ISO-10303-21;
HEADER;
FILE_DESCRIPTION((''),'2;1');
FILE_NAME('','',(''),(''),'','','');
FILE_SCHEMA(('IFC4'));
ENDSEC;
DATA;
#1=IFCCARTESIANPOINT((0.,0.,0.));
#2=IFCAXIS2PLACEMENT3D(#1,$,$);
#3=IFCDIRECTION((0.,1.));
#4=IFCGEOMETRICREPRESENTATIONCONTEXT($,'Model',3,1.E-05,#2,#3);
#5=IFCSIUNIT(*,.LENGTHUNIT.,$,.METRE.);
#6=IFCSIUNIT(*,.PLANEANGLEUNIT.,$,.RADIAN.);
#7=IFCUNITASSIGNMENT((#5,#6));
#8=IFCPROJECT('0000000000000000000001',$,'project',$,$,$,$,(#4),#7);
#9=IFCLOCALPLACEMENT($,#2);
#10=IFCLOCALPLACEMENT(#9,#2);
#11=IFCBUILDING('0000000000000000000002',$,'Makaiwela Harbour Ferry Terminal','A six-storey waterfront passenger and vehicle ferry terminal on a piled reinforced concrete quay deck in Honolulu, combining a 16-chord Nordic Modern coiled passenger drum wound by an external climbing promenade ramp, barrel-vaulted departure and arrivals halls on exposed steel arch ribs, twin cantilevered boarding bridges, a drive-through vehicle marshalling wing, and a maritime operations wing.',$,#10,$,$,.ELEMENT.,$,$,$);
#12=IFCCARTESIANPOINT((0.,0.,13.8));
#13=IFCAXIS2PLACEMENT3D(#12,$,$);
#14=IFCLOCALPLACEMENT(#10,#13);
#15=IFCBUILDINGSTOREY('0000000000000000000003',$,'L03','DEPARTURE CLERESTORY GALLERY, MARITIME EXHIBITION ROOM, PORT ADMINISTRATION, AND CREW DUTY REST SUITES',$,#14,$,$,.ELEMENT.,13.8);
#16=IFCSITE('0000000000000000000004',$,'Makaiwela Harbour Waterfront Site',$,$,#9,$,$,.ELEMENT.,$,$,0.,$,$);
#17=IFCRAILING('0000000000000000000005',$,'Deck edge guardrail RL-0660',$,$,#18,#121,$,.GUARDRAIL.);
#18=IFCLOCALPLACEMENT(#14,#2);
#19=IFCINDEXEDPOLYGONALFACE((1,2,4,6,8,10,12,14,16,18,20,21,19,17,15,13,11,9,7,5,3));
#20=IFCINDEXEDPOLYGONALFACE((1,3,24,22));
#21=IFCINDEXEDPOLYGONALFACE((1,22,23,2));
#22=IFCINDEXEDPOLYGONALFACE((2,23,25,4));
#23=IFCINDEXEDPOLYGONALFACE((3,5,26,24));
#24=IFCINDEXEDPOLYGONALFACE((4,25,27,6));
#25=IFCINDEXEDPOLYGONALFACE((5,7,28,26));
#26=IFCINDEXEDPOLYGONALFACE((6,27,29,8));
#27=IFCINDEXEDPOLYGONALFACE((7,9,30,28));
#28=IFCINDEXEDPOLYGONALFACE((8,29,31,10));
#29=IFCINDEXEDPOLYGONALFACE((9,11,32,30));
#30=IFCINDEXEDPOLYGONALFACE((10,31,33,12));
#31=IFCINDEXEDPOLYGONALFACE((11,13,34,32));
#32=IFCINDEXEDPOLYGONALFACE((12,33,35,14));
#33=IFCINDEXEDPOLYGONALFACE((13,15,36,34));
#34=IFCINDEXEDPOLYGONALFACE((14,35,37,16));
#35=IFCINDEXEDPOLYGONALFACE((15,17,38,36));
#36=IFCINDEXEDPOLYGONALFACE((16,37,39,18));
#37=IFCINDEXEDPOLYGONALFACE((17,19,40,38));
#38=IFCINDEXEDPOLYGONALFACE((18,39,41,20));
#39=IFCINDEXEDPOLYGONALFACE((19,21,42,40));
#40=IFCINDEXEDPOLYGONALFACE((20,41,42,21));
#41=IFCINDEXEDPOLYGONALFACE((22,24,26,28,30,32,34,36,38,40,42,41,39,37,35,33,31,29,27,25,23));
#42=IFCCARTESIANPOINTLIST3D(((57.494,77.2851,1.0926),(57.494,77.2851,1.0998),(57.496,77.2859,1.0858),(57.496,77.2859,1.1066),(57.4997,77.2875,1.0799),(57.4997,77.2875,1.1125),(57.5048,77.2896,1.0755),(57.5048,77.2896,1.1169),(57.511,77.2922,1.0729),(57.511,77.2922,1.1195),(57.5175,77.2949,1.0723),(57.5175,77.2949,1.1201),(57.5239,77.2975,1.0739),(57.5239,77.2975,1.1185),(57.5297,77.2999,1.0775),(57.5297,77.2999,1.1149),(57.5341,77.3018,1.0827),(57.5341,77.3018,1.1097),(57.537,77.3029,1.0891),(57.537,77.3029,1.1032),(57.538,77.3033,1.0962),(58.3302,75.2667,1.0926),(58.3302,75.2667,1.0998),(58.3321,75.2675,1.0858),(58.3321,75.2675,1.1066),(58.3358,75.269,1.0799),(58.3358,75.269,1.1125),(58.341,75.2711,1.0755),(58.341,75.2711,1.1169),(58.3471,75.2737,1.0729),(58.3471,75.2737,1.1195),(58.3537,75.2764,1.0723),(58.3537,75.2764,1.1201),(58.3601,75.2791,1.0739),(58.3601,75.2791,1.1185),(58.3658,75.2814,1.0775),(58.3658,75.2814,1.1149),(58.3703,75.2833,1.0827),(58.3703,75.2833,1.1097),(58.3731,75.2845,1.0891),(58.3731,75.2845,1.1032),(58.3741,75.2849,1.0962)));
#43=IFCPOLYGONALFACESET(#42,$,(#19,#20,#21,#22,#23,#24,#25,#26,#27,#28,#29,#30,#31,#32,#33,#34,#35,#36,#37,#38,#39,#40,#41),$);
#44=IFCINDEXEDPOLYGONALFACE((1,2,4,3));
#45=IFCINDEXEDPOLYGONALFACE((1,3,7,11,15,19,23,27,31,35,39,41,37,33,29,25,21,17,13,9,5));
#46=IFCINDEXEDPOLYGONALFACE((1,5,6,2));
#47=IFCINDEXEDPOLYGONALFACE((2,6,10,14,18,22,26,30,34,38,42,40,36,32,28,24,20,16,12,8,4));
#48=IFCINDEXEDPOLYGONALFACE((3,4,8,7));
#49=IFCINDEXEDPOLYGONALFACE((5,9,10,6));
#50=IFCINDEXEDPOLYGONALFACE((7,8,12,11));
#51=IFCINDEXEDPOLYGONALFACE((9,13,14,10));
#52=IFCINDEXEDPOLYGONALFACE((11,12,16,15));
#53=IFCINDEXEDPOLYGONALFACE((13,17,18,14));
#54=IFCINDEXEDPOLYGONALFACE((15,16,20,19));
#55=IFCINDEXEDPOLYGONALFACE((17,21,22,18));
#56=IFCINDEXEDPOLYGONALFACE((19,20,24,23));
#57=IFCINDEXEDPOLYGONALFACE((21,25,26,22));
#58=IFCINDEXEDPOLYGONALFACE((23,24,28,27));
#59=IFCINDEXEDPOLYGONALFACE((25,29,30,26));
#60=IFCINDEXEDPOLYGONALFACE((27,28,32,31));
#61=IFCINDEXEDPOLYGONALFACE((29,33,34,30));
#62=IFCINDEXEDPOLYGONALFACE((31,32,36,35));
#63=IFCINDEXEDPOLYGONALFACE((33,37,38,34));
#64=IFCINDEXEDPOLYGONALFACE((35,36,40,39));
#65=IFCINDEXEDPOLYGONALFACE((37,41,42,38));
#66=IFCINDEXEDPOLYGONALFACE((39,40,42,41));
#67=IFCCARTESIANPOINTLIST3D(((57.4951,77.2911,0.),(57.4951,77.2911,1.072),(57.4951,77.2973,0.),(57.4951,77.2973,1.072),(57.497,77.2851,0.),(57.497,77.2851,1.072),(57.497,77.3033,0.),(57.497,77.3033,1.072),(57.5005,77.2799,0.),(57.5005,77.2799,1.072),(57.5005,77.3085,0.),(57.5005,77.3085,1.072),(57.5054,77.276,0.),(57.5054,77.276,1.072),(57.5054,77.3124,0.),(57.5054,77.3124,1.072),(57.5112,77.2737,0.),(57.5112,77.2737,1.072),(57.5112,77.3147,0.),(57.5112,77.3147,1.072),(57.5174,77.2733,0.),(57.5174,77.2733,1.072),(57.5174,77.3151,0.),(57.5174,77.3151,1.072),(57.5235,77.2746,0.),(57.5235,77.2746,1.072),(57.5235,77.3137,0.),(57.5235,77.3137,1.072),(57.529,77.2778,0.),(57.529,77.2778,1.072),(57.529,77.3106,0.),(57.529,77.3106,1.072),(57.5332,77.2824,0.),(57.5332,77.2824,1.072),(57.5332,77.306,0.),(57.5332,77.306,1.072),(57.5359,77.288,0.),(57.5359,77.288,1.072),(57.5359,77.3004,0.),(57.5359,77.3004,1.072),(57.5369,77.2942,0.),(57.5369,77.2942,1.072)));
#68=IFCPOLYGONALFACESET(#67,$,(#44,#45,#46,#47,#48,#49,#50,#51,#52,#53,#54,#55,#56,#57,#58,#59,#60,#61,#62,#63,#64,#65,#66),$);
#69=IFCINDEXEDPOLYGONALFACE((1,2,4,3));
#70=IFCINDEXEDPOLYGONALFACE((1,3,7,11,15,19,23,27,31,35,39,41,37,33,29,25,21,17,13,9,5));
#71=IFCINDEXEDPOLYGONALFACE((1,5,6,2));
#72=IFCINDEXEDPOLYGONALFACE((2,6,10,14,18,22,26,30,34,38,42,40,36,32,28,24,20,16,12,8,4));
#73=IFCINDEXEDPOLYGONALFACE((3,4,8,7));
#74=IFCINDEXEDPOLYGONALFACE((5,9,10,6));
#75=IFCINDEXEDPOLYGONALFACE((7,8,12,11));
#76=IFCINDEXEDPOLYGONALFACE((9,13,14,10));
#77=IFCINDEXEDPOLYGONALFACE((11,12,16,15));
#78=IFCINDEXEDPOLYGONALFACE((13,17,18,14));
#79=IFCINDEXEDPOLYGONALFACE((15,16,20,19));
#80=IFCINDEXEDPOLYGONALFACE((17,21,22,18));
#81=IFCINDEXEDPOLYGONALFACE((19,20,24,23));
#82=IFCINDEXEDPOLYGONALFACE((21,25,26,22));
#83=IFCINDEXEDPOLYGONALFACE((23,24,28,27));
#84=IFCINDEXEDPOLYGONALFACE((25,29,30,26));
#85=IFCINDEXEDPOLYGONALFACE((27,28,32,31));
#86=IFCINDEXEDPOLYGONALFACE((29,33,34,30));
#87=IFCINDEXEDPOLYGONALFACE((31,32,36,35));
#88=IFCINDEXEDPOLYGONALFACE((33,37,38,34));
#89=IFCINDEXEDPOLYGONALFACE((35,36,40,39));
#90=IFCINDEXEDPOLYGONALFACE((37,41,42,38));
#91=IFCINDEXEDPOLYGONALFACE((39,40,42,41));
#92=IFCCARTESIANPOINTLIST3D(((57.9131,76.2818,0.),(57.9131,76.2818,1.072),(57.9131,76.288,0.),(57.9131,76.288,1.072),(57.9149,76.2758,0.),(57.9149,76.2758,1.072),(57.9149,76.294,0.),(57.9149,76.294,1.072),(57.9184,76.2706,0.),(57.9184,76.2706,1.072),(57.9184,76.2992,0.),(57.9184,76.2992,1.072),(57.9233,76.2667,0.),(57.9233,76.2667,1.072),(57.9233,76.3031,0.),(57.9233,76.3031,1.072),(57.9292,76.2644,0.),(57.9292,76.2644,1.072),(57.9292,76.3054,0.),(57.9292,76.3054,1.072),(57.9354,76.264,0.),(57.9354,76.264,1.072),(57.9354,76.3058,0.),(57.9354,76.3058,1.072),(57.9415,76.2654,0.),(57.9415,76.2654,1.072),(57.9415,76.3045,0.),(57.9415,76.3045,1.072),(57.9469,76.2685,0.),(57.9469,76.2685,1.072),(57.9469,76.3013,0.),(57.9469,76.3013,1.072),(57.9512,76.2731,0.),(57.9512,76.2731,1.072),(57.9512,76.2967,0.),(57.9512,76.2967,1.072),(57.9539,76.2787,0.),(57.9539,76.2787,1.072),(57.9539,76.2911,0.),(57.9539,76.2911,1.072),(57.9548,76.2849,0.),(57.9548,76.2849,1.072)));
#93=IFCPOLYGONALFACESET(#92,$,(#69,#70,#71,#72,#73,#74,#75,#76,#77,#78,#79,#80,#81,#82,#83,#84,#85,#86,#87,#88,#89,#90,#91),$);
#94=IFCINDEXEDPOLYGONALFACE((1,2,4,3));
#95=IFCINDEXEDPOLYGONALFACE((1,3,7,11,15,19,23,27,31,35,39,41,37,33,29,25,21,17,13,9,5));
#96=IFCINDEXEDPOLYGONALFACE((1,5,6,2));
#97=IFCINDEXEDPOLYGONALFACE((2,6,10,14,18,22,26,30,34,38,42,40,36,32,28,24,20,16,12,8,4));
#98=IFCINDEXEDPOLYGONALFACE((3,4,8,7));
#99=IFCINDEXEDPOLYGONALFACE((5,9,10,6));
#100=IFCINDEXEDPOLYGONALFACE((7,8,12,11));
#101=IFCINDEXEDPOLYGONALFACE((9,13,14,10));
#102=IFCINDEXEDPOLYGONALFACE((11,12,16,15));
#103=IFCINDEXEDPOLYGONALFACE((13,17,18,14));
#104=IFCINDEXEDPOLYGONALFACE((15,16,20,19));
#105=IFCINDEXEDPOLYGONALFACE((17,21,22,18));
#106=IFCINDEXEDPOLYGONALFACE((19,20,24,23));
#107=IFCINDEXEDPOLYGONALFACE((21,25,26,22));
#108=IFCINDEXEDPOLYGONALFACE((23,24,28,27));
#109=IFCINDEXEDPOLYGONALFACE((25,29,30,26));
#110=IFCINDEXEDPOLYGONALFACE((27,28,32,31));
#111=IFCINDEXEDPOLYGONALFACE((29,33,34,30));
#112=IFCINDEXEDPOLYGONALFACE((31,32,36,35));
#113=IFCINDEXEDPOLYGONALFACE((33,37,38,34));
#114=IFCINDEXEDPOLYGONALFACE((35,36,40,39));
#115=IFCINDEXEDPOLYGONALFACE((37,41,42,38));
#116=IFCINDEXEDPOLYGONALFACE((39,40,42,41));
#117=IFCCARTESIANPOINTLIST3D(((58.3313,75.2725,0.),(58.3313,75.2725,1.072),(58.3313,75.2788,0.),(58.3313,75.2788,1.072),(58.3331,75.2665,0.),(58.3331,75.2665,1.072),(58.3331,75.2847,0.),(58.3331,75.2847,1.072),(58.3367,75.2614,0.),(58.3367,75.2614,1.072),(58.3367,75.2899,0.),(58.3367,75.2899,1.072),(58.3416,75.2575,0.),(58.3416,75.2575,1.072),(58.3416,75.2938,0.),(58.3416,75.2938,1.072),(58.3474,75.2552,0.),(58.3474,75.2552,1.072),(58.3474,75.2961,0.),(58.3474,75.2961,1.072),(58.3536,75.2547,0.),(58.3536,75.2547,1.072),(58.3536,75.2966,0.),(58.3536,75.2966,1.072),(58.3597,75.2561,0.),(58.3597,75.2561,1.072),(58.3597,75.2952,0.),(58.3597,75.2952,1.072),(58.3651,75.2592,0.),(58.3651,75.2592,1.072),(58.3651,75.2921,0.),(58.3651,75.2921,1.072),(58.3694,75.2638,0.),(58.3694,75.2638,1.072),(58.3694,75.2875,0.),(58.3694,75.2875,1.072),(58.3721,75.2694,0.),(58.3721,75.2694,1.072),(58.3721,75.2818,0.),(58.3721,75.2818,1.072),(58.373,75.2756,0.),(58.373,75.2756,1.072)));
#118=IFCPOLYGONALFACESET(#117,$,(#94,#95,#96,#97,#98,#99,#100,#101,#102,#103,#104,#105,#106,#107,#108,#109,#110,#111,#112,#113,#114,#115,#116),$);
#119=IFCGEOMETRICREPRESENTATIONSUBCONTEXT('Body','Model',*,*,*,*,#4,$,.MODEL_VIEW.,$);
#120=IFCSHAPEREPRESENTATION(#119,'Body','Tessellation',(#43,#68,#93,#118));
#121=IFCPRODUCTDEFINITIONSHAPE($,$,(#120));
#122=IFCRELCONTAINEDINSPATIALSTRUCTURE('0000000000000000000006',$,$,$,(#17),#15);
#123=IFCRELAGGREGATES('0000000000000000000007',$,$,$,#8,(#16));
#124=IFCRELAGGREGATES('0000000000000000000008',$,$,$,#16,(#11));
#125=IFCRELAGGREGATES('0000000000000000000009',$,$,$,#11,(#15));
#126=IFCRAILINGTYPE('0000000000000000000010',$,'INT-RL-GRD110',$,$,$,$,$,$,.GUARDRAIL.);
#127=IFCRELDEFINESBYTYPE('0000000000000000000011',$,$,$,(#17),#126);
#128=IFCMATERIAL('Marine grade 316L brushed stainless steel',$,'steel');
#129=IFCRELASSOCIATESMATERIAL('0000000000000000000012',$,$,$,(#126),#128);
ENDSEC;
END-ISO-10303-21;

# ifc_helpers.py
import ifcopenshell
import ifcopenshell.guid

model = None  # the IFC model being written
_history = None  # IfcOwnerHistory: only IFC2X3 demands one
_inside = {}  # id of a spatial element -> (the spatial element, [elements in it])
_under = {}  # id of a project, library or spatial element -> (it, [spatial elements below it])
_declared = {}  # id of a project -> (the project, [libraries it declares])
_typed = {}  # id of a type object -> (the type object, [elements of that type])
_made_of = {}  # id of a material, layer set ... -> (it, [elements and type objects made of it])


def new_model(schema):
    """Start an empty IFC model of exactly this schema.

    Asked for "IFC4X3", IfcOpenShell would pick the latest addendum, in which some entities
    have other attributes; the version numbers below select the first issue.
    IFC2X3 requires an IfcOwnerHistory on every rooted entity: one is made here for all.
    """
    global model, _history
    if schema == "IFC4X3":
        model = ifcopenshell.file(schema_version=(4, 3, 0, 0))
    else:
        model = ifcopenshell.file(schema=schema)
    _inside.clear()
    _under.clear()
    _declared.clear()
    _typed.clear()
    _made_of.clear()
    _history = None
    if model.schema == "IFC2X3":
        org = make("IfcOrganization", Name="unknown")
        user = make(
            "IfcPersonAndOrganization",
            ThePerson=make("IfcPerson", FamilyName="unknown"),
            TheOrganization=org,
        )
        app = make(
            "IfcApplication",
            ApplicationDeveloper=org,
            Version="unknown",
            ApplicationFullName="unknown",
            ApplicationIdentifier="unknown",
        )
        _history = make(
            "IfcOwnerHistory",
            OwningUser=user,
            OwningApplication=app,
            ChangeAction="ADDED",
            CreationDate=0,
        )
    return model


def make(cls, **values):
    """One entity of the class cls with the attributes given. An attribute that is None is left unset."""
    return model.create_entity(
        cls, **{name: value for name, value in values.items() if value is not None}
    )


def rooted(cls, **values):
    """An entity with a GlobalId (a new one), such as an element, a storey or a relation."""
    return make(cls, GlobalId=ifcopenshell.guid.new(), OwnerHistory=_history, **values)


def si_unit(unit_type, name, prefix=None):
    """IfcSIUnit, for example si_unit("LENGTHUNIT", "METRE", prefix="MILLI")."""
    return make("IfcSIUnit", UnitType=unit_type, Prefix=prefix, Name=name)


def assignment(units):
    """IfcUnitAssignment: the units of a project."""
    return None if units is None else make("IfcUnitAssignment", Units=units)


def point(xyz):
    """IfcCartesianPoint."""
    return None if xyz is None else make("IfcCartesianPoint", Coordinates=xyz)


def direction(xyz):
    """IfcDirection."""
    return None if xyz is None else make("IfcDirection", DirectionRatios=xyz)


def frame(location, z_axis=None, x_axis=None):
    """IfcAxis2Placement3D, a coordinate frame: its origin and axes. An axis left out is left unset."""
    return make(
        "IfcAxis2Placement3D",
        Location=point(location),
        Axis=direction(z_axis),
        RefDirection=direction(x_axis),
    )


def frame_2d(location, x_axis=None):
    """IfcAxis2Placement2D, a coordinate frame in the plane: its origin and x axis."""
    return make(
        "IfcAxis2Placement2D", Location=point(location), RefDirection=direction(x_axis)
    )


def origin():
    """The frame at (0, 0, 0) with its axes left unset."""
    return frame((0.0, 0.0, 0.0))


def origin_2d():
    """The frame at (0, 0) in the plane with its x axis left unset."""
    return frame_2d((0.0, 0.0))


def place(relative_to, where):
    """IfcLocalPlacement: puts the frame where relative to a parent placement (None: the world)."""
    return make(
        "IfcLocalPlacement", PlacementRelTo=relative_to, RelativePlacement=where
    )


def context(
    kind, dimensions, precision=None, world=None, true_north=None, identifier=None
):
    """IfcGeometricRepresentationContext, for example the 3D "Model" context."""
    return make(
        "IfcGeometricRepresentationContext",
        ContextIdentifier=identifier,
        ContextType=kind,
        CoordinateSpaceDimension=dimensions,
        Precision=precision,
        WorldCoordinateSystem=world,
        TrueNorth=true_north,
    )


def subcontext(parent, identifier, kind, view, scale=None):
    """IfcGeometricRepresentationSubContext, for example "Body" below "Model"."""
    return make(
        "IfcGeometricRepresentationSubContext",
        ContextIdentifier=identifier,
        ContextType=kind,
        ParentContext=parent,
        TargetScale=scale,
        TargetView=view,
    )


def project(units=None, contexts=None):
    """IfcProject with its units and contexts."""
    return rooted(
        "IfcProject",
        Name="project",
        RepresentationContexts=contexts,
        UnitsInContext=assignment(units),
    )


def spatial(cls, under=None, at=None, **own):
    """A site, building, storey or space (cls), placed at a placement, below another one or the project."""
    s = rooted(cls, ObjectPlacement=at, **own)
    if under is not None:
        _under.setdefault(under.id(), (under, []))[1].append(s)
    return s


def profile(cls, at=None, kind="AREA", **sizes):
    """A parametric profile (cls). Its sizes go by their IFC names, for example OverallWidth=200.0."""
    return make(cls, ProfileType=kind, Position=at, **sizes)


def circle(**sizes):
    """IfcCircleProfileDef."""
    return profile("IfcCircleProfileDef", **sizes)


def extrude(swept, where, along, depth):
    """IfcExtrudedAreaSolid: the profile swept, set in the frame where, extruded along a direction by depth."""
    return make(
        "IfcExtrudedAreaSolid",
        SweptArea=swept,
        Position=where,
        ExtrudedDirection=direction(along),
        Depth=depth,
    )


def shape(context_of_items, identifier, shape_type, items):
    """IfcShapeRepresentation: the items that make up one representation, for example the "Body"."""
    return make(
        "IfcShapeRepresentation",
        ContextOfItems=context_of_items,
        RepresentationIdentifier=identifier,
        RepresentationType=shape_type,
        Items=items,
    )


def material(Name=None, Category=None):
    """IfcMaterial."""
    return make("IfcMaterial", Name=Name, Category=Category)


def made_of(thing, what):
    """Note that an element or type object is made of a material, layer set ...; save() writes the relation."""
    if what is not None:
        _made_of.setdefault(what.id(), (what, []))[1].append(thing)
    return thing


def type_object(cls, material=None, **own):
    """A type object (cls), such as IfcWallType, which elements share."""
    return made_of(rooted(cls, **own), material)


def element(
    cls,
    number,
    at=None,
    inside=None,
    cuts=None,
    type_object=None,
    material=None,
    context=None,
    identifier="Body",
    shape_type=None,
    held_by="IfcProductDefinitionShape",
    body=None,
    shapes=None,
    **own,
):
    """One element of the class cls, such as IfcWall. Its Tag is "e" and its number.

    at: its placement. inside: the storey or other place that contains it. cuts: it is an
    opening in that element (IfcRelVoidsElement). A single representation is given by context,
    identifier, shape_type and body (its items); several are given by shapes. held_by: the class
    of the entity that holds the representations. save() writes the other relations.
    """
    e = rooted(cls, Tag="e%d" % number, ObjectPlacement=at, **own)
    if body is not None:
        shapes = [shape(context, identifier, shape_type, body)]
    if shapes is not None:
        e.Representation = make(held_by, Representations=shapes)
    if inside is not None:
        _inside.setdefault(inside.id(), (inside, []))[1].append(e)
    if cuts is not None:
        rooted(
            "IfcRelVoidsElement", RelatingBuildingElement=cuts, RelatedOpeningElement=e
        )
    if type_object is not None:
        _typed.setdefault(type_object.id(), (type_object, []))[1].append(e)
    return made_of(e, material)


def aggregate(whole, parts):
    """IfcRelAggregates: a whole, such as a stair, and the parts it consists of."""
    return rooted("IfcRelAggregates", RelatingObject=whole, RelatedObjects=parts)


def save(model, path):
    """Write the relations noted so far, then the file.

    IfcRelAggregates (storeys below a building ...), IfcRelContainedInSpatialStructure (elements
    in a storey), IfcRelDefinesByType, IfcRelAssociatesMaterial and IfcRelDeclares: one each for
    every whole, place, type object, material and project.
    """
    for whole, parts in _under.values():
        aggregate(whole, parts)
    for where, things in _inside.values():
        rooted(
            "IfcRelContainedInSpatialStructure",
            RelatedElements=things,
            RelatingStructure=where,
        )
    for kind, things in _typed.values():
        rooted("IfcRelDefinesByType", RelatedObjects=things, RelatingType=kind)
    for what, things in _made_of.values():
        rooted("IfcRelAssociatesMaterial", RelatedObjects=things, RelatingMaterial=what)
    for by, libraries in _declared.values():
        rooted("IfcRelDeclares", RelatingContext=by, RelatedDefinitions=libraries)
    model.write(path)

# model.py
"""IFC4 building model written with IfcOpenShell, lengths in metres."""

from ifc_helpers import new_model, si_unit, direction, frame, origin, origin_2d, place, context, subcontext, project, spatial, circle, extrude, material, type_object, element, save


model = new_model("IFC4")

# Units and contexts
model_context = context("Model", 3, precision=1e-05, world=origin(), true_north=direction((0.0, 1.0)))
body_context = subcontext(model_context, "Body", "Model", "MODEL_VIEW")
ifc_project = project(units=[si_unit("LENGTHUNIT", "METRE"), si_unit("PLANEANGLEUNIT", "RADIAN")], contexts=[model_context])

# Site, building, storey
site_placement = place(None, origin())
site = spatial("IfcSite", under=ifc_project, at=site_placement, Name="Makaiwela Harbour Waterfront Site", CompositionType="ELEMENT", RefElevation=0.0)
building_placement = place(site_placement, origin())
building = spatial("IfcBuilding", under=site, at=building_placement, Name="Makaiwela Harbour Ferry Terminal", Description="A six-storey waterfront passenger and vehicle ferry terminal on a piled reinforced concrete quay deck in Honolulu, combining a 16-chord Nordic Modern coiled passenger drum wound by an external climbing promenade ramp, barrel-vaulted departure and arrivals halls on exposed steel arch ribs, twin cantilevered boarding bridges, a drive-through vehicle marshalling wing, and a maritime operations wing.", CompositionType="ELEMENT")
storey_placement = place(building_placement, frame((0.0, 0.0, 13.8)))
storey = spatial("IfcBuildingStorey", under=building, at=storey_placement, Name="L03", Description="DEPARTURE CLERESTORY GALLERY, MARITIME EXHIBITION ROOM, PORT ADMINISTRATION, AND CREW DUTY REST SUITES", CompositionType="ELEMENT", Elevation=13.8)

# Railing
ifc_material_1 = material(Name="Marine grade 316L brushed stainless steel", Category="steel")
railing_type = type_object("IfcRailingType", Name="INT-RL-GRD110", PredefinedType="GUARDRAIL", material=ifc_material_1)
railing_1_placement = place(storey_placement, frame((57.5159, 77.2942, 0.0)))
element("IfcRailing", 1, at=railing_1_placement, inside=storey, type_object=railing_type, Name="Deck edge guardrail RL-0660", PredefinedType="GUARDRAIL", context=body_context, shape_type="SweptSolid", body=[
    extrude(circle(Radius=0.0239, at=origin_2d()), frame((0.0, 0.0, 1.0962), z_axis=(0.38271, -0.923868, 0.0), x_axis=(0.923868, 0.38271, 0.0)), (0.0, 0.0, 1.0), 2.1848),
    extrude(circle(Radius=0.021, at=origin_2d()), origin(), (0.0, 0.0, 1.0), 1.072),
    extrude(circle(Radius=0.021, at=origin_2d()), frame((0.418, -1.0093, 0.0)), (0.0, 0.0, 1.0), 1.072),
    extrude(circle(Radius=0.021, at=origin_2d()), frame((0.8362, -2.0186, 0.0)), (0.0, 0.0, 1.0), 1.072),
])

save(model, "model.ifc")
